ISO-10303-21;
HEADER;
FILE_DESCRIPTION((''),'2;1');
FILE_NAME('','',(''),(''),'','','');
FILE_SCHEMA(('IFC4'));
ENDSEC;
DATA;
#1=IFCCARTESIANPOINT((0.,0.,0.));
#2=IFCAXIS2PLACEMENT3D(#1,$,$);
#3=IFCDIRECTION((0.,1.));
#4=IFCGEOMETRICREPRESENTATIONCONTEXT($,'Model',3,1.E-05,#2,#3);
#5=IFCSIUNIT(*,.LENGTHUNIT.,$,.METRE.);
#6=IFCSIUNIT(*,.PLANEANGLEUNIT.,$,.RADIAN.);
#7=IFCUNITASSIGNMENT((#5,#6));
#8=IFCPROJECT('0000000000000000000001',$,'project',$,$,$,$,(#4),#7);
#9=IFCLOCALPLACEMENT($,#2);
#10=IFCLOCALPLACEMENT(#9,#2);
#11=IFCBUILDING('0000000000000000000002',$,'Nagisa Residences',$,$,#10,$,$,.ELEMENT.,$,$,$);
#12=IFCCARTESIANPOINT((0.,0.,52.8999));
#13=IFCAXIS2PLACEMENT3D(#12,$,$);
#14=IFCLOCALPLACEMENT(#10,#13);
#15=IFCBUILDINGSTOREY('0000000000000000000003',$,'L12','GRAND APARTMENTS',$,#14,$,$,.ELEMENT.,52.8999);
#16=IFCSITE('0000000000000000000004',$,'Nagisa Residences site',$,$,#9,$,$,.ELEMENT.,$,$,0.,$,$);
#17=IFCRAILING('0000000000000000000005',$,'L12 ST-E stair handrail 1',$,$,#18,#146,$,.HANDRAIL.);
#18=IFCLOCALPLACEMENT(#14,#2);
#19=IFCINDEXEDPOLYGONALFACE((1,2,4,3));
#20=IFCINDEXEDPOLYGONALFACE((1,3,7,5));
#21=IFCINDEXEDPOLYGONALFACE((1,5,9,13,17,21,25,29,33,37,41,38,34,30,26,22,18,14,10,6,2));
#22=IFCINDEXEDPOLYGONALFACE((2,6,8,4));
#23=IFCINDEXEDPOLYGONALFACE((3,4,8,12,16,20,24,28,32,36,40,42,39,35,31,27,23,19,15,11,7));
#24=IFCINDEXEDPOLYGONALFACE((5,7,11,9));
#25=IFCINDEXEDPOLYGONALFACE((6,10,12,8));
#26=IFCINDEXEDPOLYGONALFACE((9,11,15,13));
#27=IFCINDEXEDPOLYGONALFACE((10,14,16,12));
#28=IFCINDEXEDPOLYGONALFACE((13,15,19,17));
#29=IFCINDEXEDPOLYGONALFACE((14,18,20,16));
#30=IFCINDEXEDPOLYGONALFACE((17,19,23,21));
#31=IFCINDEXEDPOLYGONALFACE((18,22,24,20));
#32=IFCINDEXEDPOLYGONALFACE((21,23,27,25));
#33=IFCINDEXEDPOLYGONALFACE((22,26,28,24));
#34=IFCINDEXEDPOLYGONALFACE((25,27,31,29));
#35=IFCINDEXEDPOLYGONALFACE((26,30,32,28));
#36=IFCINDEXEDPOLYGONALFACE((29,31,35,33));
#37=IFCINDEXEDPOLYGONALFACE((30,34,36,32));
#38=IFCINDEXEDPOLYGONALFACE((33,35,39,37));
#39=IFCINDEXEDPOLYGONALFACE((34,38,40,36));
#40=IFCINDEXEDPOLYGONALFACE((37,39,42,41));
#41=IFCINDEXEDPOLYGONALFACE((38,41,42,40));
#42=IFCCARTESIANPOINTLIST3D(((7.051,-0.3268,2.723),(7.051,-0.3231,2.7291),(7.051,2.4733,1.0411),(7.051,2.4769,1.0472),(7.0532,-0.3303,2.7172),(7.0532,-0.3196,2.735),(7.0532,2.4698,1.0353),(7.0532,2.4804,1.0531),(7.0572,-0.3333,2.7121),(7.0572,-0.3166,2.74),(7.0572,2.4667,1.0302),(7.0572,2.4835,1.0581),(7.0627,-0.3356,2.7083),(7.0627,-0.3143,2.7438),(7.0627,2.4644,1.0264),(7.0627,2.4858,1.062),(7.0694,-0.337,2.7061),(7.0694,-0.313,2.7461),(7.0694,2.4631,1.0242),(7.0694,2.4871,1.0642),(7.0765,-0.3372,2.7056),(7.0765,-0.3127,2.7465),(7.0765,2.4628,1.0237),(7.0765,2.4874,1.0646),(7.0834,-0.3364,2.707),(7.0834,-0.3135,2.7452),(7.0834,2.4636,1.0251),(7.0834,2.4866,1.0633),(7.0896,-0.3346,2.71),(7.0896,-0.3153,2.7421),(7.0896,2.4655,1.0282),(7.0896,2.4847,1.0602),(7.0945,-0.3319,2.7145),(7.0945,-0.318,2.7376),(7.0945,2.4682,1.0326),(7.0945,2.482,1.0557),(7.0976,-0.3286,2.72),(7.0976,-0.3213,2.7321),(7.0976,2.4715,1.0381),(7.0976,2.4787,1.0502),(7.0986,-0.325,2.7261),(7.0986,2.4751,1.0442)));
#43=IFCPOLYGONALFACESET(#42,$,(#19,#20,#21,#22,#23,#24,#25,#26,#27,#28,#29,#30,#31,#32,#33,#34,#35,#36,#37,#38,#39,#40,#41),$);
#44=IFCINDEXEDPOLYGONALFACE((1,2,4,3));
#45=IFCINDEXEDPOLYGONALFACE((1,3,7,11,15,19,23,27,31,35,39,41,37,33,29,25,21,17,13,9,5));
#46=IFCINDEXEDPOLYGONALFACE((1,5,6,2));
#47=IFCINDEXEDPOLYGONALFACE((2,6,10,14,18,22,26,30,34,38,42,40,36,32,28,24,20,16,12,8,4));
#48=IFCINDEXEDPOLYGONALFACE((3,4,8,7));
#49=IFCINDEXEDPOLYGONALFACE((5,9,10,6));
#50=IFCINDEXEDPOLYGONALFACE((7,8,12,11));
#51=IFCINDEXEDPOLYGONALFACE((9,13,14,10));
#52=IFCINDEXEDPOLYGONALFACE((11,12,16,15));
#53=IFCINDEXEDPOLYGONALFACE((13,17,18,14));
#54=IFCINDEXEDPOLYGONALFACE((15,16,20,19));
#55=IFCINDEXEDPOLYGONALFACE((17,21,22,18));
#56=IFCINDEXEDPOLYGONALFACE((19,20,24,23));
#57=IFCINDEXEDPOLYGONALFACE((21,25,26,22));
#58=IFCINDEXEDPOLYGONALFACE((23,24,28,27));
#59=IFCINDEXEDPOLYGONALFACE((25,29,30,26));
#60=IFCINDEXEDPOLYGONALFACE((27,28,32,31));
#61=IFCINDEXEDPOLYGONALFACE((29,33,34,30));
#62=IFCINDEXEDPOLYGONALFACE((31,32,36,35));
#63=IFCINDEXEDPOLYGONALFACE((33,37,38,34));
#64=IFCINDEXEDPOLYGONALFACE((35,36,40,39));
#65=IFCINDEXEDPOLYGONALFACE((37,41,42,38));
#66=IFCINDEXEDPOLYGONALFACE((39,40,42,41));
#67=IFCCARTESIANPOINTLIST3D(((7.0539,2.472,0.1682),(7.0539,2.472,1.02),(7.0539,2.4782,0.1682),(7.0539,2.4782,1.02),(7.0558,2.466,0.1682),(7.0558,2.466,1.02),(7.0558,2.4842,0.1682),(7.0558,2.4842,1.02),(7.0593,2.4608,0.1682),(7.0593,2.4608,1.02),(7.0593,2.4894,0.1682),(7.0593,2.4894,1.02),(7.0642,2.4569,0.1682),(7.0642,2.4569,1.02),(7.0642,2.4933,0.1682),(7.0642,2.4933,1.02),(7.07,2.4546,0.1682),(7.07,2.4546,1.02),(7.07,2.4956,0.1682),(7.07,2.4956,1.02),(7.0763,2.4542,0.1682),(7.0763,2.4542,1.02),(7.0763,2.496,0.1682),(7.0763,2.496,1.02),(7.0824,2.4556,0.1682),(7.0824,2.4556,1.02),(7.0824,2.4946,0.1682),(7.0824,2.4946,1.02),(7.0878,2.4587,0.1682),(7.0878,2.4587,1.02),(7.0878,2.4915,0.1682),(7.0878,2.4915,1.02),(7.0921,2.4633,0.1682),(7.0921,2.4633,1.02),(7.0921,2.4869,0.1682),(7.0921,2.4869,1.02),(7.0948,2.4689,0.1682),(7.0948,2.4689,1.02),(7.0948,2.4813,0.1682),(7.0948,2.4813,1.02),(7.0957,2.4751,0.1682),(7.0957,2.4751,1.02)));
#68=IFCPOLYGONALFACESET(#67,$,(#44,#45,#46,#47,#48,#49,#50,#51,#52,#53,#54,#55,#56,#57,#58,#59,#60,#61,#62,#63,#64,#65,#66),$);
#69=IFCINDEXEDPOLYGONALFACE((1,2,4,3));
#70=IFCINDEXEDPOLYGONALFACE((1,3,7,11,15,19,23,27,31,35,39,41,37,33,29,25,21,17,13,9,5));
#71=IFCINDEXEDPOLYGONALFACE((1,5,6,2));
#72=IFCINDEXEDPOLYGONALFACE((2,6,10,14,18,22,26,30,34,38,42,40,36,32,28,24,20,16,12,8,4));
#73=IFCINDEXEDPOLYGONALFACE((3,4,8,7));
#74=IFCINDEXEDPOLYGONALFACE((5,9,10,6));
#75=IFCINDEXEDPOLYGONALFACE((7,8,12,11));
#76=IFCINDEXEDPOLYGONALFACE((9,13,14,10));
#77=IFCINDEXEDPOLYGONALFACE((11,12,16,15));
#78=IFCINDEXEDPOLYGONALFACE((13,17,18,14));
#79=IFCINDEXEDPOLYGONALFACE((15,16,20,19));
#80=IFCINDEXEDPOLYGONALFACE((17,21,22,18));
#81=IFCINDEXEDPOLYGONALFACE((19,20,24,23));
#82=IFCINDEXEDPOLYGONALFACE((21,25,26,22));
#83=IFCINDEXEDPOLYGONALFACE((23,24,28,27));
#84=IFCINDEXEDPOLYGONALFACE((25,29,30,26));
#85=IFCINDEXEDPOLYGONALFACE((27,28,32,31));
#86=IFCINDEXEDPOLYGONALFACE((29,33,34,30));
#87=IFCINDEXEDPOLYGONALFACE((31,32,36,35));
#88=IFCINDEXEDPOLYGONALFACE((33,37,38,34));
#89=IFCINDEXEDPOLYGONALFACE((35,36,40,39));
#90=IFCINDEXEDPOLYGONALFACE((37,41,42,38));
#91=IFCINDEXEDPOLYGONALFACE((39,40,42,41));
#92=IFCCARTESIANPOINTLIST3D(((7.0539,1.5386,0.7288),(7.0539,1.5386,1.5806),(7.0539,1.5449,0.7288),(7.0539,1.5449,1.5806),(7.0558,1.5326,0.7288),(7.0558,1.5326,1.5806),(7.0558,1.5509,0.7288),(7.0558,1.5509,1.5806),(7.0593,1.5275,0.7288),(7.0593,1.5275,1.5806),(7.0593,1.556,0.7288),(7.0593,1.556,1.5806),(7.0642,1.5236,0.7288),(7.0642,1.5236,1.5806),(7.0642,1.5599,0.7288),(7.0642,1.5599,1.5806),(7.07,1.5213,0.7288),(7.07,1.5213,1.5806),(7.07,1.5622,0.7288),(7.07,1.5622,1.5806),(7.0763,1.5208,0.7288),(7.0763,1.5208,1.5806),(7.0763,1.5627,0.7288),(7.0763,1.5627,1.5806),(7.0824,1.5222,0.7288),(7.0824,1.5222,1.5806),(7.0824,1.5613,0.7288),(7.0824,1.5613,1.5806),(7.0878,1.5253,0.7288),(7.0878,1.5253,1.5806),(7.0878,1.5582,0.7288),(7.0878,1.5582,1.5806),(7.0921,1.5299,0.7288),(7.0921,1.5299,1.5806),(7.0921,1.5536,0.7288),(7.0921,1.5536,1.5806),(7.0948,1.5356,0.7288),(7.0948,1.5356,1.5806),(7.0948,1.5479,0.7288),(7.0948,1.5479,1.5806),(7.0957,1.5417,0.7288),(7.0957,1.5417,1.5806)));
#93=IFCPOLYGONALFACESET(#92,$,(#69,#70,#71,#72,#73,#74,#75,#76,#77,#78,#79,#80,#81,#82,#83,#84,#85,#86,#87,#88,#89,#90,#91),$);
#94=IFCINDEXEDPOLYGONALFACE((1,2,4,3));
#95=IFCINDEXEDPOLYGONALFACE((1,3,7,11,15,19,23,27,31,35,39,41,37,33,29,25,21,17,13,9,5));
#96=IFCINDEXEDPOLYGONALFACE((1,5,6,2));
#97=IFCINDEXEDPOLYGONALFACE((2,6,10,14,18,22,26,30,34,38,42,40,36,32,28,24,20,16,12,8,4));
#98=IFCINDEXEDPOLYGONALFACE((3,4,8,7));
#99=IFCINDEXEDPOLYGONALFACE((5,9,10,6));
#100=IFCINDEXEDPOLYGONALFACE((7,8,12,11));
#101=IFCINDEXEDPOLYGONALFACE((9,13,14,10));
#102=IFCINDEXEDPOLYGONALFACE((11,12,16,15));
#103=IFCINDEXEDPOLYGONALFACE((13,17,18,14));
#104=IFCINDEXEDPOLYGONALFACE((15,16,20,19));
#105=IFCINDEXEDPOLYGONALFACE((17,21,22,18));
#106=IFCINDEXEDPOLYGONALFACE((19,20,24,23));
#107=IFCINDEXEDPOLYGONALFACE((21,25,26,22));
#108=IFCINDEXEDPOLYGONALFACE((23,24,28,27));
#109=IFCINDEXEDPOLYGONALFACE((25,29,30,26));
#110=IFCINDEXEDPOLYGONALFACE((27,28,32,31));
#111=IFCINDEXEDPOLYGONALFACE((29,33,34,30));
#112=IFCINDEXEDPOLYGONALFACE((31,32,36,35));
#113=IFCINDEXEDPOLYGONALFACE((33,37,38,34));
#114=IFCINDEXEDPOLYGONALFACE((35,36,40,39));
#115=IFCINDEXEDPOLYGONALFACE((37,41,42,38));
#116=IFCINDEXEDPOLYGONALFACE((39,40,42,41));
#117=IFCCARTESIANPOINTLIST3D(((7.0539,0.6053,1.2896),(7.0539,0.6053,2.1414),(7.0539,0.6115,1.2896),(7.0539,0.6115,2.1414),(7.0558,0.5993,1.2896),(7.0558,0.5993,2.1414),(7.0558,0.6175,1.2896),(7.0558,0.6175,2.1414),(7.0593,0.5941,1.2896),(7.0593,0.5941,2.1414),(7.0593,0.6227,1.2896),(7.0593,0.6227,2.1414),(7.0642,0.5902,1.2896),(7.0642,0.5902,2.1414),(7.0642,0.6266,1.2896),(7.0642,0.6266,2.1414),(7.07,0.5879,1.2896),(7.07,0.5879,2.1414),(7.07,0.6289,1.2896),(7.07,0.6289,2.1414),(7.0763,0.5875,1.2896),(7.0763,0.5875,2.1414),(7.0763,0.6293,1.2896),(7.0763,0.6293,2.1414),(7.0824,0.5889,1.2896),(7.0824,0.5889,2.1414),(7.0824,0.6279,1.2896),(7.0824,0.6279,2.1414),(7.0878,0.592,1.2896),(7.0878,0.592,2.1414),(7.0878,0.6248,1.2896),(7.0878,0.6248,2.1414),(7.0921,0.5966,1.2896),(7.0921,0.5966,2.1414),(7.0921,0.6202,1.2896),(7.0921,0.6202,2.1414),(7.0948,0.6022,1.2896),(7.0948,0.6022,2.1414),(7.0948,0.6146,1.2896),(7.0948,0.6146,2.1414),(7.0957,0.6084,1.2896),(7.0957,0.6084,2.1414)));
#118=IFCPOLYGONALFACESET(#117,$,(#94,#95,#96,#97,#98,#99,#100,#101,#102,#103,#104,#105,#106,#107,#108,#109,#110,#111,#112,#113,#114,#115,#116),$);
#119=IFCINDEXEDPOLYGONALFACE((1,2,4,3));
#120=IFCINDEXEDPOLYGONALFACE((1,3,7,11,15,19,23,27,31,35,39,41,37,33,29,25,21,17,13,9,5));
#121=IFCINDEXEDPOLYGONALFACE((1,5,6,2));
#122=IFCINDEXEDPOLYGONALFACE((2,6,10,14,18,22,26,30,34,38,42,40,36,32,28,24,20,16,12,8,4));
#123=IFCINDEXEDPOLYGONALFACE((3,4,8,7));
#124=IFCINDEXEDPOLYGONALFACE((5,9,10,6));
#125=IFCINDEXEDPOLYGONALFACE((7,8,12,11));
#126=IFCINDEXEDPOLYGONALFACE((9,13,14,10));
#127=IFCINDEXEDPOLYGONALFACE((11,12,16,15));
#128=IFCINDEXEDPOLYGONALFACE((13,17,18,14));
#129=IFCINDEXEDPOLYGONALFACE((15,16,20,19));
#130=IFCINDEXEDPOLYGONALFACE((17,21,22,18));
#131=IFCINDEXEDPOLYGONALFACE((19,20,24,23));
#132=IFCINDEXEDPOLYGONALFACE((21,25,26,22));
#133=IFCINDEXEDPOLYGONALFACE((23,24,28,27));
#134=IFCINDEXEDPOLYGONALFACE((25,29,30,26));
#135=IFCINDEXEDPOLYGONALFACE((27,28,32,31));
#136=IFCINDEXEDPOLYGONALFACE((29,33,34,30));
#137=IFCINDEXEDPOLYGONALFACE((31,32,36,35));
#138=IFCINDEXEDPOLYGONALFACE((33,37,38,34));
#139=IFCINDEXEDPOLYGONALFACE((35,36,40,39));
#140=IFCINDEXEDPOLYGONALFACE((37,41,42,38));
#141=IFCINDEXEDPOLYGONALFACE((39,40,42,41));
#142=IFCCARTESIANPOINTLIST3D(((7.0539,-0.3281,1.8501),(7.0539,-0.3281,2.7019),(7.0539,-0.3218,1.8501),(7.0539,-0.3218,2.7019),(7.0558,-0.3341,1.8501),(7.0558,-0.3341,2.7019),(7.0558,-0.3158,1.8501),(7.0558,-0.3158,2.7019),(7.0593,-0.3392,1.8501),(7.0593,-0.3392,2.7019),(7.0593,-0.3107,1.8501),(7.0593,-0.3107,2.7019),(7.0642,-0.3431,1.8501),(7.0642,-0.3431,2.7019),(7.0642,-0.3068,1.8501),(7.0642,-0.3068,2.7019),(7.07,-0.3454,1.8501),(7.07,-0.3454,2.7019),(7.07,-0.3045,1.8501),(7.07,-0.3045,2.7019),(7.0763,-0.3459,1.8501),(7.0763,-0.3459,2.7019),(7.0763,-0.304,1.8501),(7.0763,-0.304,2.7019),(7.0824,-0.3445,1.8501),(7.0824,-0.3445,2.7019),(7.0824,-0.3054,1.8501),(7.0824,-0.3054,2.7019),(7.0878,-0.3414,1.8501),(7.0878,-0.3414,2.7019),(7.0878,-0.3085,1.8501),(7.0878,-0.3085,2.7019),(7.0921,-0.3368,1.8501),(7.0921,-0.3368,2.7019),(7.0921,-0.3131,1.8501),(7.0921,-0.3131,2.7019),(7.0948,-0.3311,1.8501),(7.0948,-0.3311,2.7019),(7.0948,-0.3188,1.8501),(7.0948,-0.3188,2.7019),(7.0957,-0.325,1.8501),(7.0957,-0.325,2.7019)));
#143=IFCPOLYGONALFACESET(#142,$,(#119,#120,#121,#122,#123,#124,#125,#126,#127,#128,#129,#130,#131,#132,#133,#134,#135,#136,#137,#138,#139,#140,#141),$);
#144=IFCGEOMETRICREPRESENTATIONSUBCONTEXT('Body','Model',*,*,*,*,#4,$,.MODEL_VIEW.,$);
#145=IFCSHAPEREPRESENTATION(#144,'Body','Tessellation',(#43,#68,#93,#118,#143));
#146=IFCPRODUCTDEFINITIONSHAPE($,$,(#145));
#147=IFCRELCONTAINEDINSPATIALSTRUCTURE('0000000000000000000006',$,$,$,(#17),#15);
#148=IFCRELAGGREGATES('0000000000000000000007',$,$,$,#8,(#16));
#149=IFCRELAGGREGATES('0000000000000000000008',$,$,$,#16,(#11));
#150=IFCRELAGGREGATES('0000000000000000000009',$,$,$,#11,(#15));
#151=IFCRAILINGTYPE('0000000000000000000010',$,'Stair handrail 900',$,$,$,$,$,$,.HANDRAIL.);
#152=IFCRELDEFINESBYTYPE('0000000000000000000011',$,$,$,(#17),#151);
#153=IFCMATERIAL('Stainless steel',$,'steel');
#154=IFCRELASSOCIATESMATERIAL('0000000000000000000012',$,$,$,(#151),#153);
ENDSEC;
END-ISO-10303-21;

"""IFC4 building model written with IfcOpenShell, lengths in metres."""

from ifc_helpers import new_model, si_unit, direction, frame, origin, origin_2d, place, context, subcontext, project, spatial, circle, extrude, material, type_object, element, save


model = new_model("IFC4")

# Units and contexts
model_context = context("Model", 3, precision=1e-05, world=origin(), true_north=direction((0.0, 1.0)))
body_context = subcontext(model_context, "Body", "Model", "MODEL_VIEW")
ifc_project = project(units=[si_unit("LENGTHUNIT", "METRE"), si_unit("PLANEANGLEUNIT", "RADIAN")], contexts=[model_context])

# Site, building, storey
site_placement = place(None, origin())
site = spatial("IfcSite", under=ifc_project, at=site_placement, Name="Nagisa Residences site", CompositionType="ELEMENT", RefElevation=0.0)
building_placement = place(site_placement, origin())
building = spatial("IfcBuilding", under=site, at=building_placement, Name="Nagisa Residences", CompositionType="ELEMENT")
storey_placement = place(building_placement, frame((0.0, 0.0, 52.8999)))
storey = spatial("IfcBuildingStorey", under=building, at=storey_placement, Name="L12", Description="GRAND APARTMENTS", CompositionType="ELEMENT", Elevation=52.8999)

# Railing
ifc_material_1 = material(Name="Stainless steel", Category="steel")
railing_type_1 = type_object("IfcRailingType", Name="Stair handrail 900", PredefinedType="HANDRAIL", material=ifc_material_1)
railing_1_placement = place(storey_placement, frame((7.0747, 2.4751, 0.1682)))
element("IfcRailing", 1, at=railing_1_placement, inside=storey, type_object=railing_type_1, Name="L12 ST-E stair handrail 1", PredefinedType="HANDRAIL", context=body_context, shape_type="SweptSolid", body=[
    extrude(circle(Radius=0.0239, at=origin_2d()), frame((0.0, 0.0, 0.876), z_axis=(0.0, -0.857242, 0.514913), x_axis=(1.0, 0.0, 0.0)), (0.0, 0.0, 1.0), 3.2664),
    extrude(circle(Radius=0.021, at=origin_2d()), origin(), (0.0, 0.0, 1.0), 0.8518),
    extrude(circle(Radius=0.021, at=origin_2d()), frame((0.0, -0.9333, 0.5605)), (0.0, 0.0, 1.0), 0.8518),
    extrude(circle(Radius=0.021, at=origin_2d()), frame((0.0, -1.8667, 1.1213)), (0.0, 0.0, 1.0), 0.8518),
    extrude(circle(Radius=0.021, at=origin_2d()), frame((0.0, -2.8, 1.6819)), (0.0, 0.0, 1.0), 0.8518),
])

save(model, "model.ifc")
